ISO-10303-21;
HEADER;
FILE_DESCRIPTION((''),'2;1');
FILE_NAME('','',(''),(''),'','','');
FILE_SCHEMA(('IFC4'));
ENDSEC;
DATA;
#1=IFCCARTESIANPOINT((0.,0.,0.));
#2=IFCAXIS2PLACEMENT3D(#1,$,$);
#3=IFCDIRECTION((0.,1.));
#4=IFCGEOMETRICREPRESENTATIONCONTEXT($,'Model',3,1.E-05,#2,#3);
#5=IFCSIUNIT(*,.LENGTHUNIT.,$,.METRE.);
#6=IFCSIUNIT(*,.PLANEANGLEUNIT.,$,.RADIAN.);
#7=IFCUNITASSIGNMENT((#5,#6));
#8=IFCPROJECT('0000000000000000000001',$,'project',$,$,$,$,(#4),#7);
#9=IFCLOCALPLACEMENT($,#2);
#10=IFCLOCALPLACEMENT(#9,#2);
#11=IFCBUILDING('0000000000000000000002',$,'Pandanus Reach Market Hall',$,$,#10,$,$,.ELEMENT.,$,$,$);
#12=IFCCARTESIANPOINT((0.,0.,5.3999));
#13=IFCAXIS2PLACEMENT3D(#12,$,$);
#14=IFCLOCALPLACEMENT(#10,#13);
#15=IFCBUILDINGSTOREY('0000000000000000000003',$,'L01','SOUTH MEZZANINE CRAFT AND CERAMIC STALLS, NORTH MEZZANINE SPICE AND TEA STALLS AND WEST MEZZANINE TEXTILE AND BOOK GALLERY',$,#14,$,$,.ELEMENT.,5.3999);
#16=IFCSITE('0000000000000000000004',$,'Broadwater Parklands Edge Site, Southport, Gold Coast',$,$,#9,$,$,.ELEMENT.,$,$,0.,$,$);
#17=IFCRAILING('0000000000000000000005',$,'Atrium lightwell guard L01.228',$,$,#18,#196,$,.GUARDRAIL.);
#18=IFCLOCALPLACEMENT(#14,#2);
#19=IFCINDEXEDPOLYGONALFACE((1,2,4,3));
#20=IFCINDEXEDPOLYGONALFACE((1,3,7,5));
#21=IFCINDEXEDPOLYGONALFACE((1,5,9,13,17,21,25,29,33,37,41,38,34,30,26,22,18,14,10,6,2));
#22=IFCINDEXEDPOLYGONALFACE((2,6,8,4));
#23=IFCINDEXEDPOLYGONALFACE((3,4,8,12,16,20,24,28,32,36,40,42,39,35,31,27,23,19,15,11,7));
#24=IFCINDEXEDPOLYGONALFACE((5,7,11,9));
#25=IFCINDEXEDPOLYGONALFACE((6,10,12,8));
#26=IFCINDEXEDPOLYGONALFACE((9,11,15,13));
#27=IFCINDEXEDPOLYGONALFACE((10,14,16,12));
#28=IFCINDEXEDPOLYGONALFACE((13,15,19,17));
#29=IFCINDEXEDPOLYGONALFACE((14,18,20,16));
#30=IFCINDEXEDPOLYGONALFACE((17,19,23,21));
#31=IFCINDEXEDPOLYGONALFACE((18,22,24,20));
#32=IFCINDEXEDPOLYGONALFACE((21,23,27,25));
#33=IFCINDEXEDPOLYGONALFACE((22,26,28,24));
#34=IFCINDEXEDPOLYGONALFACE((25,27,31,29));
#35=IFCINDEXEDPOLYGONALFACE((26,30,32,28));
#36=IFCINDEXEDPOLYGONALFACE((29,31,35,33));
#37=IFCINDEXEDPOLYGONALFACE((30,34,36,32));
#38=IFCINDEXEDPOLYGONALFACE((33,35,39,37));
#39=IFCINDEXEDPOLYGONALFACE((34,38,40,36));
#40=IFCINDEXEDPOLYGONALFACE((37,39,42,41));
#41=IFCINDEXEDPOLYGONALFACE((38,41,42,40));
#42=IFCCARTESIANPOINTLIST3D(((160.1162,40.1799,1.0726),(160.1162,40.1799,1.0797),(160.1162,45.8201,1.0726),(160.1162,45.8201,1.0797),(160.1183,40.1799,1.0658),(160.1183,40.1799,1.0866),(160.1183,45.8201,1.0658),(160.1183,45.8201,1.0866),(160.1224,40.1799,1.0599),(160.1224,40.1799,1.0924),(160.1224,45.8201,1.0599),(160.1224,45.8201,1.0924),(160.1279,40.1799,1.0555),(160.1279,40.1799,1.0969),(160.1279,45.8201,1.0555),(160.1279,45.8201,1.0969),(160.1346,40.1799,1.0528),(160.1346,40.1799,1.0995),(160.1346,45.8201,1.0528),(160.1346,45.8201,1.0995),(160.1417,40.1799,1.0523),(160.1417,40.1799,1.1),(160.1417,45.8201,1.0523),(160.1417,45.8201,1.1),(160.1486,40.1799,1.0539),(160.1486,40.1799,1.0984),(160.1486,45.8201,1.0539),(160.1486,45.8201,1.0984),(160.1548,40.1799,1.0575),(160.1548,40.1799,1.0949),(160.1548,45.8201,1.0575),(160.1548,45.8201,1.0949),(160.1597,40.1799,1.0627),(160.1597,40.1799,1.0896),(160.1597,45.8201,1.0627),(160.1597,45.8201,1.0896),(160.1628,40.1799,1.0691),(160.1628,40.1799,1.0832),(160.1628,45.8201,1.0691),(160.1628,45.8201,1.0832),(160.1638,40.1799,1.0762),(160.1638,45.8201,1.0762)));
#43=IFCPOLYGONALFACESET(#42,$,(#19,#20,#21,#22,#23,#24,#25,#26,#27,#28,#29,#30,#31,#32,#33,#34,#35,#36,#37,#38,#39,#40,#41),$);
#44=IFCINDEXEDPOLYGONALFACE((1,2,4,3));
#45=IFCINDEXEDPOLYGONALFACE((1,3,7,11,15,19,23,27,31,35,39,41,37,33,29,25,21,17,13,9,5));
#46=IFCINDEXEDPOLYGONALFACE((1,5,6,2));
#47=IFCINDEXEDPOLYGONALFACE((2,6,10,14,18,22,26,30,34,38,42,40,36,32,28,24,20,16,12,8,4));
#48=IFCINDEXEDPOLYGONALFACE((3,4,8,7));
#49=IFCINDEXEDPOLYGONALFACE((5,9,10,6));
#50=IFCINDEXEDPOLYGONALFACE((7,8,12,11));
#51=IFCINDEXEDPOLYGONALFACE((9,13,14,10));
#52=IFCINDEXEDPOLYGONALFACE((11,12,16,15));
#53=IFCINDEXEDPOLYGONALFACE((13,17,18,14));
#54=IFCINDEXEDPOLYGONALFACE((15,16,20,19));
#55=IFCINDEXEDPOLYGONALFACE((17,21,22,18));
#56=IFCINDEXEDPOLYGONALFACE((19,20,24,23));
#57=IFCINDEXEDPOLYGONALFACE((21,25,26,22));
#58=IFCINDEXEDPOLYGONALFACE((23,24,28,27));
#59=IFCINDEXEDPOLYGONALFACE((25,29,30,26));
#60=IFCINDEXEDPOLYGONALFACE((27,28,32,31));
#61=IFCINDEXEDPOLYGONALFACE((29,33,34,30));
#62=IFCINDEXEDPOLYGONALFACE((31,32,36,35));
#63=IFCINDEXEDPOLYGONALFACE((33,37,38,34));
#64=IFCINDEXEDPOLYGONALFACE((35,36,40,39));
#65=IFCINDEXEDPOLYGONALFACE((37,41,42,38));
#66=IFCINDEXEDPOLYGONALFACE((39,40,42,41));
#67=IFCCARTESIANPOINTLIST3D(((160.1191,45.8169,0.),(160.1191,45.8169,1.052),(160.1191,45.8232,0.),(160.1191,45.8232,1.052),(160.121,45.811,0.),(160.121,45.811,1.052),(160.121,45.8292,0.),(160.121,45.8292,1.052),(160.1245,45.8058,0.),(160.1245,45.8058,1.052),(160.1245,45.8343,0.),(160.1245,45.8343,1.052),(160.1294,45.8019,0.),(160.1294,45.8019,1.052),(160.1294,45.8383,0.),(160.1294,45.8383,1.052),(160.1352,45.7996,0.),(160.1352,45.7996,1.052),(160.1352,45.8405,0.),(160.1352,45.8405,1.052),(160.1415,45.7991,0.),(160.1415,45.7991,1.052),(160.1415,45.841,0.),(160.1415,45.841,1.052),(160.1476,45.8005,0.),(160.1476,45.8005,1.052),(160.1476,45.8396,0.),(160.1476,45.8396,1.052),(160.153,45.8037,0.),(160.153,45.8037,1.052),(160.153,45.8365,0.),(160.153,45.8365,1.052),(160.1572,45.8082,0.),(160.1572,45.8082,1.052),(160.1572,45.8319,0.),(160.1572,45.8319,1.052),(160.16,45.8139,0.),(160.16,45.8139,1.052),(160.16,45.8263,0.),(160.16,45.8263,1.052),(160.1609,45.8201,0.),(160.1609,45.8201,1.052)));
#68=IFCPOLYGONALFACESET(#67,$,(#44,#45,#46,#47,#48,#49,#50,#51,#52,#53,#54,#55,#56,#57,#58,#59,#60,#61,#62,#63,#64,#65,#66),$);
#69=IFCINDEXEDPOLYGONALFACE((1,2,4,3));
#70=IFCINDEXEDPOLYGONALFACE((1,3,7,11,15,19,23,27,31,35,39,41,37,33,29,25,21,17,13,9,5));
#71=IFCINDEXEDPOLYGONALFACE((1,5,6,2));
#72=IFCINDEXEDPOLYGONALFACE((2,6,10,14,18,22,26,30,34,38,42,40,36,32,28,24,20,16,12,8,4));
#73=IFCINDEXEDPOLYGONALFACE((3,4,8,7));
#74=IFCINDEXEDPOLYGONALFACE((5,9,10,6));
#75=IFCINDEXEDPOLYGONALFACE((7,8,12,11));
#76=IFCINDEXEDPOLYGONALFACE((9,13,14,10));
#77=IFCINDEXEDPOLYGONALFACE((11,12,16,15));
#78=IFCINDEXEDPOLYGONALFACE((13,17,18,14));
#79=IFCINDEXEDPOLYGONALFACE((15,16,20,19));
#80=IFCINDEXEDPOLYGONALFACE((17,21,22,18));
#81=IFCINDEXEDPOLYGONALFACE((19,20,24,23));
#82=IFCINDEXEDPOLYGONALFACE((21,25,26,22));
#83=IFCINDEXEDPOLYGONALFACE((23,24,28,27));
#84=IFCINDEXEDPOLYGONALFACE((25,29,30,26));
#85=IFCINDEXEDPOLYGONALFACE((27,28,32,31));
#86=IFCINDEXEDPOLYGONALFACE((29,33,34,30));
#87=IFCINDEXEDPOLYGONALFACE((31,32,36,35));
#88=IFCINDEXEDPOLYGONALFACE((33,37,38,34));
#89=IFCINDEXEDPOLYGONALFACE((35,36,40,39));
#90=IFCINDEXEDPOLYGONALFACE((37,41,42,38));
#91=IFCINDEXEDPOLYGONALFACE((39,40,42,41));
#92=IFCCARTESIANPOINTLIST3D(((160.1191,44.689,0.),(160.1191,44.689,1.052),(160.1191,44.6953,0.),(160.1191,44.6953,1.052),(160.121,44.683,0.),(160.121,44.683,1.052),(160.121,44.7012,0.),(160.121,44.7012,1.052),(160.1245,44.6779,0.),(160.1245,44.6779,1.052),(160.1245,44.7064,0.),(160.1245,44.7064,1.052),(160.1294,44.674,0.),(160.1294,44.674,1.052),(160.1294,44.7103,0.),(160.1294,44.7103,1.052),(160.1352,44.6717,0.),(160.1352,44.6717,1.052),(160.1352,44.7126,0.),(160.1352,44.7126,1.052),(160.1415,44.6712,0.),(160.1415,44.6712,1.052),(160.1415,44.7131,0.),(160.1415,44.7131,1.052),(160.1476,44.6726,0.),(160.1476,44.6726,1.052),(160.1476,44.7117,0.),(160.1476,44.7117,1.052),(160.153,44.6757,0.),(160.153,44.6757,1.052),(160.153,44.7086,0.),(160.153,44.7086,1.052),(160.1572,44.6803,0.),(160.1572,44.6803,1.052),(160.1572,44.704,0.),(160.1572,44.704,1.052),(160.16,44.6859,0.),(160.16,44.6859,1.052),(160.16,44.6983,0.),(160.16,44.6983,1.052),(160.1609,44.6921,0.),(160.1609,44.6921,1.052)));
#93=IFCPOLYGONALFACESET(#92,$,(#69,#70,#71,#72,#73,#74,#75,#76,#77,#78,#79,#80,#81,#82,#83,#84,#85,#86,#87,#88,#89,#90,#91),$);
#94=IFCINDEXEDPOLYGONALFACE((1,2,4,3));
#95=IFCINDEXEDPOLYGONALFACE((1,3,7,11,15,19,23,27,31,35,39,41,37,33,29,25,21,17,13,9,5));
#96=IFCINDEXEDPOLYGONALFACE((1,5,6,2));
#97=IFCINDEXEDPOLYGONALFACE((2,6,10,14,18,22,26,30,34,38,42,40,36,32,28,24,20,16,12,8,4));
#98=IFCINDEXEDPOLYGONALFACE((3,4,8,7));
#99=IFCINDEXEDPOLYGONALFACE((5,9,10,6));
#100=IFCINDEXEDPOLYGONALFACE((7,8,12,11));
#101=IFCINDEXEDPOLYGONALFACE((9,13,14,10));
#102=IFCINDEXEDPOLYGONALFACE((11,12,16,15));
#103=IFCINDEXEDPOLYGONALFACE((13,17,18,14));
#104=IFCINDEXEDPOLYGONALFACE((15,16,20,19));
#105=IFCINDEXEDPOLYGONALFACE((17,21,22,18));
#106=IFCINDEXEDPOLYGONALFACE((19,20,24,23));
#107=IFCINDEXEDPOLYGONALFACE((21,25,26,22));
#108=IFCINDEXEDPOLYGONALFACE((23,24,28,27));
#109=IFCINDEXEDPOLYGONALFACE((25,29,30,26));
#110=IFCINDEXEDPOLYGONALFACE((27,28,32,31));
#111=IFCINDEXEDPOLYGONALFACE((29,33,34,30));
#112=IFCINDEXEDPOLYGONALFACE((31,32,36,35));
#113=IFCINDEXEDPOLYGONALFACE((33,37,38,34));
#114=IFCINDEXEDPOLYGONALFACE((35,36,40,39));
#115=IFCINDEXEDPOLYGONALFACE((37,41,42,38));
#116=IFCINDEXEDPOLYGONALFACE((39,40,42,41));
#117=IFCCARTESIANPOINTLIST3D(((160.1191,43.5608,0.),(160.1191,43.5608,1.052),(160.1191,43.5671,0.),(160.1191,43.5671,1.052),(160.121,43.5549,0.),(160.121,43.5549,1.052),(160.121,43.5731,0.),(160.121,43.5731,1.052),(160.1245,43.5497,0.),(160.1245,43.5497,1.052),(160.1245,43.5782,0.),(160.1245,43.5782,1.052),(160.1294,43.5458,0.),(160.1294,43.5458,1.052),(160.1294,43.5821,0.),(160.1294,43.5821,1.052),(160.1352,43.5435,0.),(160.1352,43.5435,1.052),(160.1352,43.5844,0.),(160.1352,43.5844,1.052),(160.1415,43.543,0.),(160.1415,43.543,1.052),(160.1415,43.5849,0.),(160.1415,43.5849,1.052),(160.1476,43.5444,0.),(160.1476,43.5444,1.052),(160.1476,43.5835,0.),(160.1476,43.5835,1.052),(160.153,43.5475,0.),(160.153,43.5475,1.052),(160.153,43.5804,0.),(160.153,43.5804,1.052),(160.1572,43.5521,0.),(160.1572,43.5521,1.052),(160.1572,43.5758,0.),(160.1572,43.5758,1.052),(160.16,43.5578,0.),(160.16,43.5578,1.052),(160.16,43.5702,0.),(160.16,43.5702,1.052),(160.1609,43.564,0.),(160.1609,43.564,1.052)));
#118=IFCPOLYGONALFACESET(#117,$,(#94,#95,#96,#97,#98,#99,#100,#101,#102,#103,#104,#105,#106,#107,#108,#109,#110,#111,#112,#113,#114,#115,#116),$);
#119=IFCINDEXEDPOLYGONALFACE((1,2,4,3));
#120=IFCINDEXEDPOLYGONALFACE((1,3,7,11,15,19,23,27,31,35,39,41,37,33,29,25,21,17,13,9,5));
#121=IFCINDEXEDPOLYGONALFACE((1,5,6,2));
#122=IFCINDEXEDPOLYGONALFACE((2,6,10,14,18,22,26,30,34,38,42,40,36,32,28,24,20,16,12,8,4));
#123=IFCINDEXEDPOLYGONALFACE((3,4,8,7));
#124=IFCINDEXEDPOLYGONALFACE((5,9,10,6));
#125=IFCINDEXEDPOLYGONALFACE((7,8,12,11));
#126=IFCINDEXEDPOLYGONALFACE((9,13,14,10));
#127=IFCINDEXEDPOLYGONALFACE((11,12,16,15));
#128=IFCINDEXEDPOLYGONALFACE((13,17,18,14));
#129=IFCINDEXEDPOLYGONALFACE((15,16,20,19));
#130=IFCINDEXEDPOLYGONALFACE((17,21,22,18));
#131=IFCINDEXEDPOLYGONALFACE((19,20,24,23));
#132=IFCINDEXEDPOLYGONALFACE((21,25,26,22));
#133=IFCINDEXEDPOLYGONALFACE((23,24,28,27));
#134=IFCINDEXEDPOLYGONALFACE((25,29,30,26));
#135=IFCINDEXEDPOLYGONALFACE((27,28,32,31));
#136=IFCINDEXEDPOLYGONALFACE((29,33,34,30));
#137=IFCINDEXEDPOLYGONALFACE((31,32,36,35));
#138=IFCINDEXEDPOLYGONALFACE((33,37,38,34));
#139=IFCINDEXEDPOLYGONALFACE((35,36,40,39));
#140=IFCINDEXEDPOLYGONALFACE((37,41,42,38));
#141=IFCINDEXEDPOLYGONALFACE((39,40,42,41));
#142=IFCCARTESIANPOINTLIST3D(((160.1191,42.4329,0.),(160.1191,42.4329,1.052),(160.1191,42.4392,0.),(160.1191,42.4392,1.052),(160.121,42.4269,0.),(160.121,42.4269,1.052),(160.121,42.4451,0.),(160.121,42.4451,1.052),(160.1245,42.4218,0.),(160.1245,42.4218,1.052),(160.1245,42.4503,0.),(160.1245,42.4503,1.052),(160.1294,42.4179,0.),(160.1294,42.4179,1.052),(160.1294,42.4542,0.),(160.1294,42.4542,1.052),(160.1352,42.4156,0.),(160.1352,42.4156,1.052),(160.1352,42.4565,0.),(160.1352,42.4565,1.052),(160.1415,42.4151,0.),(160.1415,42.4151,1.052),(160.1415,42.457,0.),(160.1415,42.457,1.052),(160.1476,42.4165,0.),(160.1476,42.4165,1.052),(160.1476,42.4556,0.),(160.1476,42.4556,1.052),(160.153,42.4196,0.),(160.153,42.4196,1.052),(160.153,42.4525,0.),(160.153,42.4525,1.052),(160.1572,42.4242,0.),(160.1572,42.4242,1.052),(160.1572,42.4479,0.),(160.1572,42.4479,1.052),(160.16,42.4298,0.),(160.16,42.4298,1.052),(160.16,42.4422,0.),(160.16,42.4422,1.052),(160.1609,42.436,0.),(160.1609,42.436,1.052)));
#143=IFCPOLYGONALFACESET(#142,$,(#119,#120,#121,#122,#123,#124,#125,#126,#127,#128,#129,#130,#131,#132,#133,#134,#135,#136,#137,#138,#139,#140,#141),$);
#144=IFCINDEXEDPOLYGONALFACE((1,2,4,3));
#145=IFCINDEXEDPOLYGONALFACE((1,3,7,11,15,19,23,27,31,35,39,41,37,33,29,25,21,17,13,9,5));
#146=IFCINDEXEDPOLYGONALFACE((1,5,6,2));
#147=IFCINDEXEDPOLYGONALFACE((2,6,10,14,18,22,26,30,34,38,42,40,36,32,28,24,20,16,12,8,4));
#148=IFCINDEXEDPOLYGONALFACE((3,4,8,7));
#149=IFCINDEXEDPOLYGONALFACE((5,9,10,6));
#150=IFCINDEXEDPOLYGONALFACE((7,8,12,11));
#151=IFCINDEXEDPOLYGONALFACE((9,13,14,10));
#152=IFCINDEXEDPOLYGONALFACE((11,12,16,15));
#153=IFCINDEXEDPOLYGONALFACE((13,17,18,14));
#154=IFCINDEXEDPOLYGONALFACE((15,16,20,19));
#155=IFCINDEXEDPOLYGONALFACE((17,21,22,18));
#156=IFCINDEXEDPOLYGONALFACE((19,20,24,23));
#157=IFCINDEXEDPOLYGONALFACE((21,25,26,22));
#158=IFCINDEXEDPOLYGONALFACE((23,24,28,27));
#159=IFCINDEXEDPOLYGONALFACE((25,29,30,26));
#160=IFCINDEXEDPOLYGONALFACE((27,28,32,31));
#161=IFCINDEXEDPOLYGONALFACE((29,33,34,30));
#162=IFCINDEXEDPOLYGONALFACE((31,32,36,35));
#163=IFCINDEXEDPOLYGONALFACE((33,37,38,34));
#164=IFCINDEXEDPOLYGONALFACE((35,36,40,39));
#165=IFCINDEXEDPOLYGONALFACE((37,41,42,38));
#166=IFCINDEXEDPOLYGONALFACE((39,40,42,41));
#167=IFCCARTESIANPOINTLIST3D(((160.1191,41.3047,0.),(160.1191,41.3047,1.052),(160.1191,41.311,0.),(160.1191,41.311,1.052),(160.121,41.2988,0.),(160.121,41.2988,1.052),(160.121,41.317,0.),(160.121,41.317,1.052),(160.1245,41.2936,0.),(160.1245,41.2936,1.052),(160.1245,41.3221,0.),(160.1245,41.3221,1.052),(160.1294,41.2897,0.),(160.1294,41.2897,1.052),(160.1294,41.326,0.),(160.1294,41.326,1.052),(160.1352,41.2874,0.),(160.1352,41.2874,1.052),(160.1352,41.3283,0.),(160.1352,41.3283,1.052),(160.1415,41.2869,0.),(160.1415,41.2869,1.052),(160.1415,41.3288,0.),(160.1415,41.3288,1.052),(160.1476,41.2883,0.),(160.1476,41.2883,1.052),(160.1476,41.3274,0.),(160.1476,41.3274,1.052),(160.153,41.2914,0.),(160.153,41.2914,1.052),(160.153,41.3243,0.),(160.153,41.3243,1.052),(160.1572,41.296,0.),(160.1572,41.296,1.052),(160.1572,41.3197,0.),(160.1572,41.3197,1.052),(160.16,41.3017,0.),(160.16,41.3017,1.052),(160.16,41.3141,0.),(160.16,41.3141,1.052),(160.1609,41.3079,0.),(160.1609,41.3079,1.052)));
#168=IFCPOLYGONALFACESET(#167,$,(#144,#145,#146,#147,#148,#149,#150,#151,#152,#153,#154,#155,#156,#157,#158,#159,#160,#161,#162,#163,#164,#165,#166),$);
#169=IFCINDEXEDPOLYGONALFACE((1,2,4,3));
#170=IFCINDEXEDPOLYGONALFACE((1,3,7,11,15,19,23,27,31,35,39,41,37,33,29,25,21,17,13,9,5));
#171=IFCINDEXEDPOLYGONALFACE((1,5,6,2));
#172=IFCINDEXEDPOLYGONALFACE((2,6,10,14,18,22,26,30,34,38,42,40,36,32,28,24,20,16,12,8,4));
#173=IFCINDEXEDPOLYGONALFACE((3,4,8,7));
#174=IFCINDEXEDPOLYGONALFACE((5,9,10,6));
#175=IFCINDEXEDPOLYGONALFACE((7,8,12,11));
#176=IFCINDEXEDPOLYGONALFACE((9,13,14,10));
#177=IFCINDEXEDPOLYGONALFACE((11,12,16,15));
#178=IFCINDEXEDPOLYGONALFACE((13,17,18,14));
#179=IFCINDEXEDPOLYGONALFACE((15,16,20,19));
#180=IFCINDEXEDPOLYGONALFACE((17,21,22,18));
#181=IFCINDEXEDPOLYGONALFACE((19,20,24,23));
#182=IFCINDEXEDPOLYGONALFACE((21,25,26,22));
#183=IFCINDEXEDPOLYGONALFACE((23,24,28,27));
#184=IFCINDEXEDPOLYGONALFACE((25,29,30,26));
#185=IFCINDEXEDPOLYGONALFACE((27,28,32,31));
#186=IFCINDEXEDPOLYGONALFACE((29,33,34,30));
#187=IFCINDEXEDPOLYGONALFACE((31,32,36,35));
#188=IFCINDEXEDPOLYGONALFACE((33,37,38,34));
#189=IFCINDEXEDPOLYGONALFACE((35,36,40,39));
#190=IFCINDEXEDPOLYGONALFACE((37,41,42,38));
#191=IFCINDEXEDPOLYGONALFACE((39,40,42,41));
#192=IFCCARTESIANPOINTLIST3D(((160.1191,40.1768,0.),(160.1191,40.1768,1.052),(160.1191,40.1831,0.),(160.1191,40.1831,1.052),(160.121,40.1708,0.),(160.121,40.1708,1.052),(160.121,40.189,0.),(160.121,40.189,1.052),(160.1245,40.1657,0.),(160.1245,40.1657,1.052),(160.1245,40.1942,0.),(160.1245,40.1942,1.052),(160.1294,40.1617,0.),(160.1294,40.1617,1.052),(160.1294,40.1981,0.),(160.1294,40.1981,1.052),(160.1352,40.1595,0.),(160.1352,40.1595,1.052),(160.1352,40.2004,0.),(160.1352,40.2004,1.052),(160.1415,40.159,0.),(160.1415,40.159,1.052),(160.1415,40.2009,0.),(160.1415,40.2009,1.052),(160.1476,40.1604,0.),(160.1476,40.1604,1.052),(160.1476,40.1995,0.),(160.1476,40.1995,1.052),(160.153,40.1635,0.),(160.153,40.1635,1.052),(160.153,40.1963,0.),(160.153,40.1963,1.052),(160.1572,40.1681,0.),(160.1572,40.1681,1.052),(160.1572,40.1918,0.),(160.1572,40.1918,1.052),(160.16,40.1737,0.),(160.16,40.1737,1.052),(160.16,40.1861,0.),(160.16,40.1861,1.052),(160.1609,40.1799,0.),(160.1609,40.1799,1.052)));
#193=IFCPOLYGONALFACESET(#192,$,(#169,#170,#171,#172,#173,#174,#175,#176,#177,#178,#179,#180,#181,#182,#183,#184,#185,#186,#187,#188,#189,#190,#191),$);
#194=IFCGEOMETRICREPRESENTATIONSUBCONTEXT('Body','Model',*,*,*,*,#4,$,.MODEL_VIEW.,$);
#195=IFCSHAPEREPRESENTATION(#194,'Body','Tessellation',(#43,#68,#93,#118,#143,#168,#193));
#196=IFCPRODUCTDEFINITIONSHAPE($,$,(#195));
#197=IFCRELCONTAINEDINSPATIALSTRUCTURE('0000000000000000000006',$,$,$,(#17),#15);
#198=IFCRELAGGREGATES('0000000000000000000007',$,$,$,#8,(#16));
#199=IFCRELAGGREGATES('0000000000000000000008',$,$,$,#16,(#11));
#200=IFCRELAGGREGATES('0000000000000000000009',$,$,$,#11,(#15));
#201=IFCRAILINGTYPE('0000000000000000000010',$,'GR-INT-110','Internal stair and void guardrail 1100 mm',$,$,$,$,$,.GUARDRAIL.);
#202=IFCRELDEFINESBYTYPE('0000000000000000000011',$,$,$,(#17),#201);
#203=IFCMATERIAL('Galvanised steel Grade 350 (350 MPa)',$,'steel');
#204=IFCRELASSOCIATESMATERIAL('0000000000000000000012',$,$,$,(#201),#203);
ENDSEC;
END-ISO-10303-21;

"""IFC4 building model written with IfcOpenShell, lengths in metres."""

from ifc_helpers import new_model, si_unit, direction, frame, origin, origin_2d, place, context, subcontext, project, spatial, circle, extrude, material, type_object, element, save


model = new_model("IFC4")

# Units and contexts
model_context = context("Model", 3, precision=1e-05, world=origin(), true_north=direction((0.0, 1.0)))
body_context = subcontext(model_context, "Body", "Model", "MODEL_VIEW")
ifc_project = project(units=[si_unit("LENGTHUNIT", "METRE"), si_unit("PLANEANGLEUNIT", "RADIAN")], contexts=[model_context])

# Site, building, storey
site_placement = place(None, origin())
site = spatial("IfcSite", under=ifc_project, at=site_placement, Name="Broadwater Parklands Edge Site, Southport, Gold Coast", CompositionType="ELEMENT", RefElevation=0.0)
building_placement = place(site_placement, origin())
building = spatial("IfcBuilding", under=site, at=building_placement, Name="Pandanus Reach Market Hall", CompositionType="ELEMENT")
storey_placement = place(building_placement, frame((0.0, 0.0, 5.3999)))
storey = spatial("IfcBuildingStorey", under=building, at=storey_placement, Name="L01", Description="SOUTH MEZZANINE CRAFT AND CERAMIC STALLS, NORTH MEZZANINE SPICE AND TEA STALLS AND WEST MEZZANINE TEXTILE AND BOOK GALLERY", CompositionType="ELEMENT", Elevation=5.3999)

# Railing
ifc_material_1 = material(Name="Galvanised steel Grade 350 (350 MPa)", Category="steel")
railing_type_1 = type_object("IfcRailingType", Name="GR-INT-110", Description="Internal stair and void guardrail 1100 mm", PredefinedType="GUARDRAIL", material=ifc_material_1)
railing_1_placement = place(storey_placement, frame((160.1399, 45.8201, 0.0)))
element("IfcRailing", 1, at=railing_1_placement, inside=storey, type_object=railing_type_1, Name="Atrium lightwell guard L01.228", PredefinedType="GUARDRAIL", context=body_context, shape_type="SweptSolid", body=[
    extrude(circle(Radius=0.0239, at=origin_2d()), frame((0.0, 0.0, 1.0762), z_axis=(0.0, -1.0, 0.0), x_axis=(1.0, 0.0, 0.0)), (0.0, 0.0, 1.0), 5.6401),
    extrude(circle(Radius=0.021, at=origin_2d()), origin(), (0.0, 0.0, 1.0), 1.052),
    extrude(circle(Radius=0.021, at=origin_2d()), frame((0.0, -1.1279, 0.0)), (0.0, 0.0, 1.0), 1.052),
    extrude(circle(Radius=0.021, at=origin_2d()), frame((0.0, -2.2561, 0.0)), (0.0, 0.0, 1.0), 1.052),
    extrude(circle(Radius=0.021, at=origin_2d()), frame((0.0, -3.384, 0.0)), (0.0, 0.0, 1.0), 1.052),
    extrude(circle(Radius=0.021, at=origin_2d()), frame((0.0, -4.5122, 0.0)), (0.0, 0.0, 1.0), 1.052),
    extrude(circle(Radius=0.021, at=origin_2d()), frame((0.0, -5.6401, 0.0)), (0.0, 0.0, 1.0), 1.052),
])

save(model, "model.ifc")
